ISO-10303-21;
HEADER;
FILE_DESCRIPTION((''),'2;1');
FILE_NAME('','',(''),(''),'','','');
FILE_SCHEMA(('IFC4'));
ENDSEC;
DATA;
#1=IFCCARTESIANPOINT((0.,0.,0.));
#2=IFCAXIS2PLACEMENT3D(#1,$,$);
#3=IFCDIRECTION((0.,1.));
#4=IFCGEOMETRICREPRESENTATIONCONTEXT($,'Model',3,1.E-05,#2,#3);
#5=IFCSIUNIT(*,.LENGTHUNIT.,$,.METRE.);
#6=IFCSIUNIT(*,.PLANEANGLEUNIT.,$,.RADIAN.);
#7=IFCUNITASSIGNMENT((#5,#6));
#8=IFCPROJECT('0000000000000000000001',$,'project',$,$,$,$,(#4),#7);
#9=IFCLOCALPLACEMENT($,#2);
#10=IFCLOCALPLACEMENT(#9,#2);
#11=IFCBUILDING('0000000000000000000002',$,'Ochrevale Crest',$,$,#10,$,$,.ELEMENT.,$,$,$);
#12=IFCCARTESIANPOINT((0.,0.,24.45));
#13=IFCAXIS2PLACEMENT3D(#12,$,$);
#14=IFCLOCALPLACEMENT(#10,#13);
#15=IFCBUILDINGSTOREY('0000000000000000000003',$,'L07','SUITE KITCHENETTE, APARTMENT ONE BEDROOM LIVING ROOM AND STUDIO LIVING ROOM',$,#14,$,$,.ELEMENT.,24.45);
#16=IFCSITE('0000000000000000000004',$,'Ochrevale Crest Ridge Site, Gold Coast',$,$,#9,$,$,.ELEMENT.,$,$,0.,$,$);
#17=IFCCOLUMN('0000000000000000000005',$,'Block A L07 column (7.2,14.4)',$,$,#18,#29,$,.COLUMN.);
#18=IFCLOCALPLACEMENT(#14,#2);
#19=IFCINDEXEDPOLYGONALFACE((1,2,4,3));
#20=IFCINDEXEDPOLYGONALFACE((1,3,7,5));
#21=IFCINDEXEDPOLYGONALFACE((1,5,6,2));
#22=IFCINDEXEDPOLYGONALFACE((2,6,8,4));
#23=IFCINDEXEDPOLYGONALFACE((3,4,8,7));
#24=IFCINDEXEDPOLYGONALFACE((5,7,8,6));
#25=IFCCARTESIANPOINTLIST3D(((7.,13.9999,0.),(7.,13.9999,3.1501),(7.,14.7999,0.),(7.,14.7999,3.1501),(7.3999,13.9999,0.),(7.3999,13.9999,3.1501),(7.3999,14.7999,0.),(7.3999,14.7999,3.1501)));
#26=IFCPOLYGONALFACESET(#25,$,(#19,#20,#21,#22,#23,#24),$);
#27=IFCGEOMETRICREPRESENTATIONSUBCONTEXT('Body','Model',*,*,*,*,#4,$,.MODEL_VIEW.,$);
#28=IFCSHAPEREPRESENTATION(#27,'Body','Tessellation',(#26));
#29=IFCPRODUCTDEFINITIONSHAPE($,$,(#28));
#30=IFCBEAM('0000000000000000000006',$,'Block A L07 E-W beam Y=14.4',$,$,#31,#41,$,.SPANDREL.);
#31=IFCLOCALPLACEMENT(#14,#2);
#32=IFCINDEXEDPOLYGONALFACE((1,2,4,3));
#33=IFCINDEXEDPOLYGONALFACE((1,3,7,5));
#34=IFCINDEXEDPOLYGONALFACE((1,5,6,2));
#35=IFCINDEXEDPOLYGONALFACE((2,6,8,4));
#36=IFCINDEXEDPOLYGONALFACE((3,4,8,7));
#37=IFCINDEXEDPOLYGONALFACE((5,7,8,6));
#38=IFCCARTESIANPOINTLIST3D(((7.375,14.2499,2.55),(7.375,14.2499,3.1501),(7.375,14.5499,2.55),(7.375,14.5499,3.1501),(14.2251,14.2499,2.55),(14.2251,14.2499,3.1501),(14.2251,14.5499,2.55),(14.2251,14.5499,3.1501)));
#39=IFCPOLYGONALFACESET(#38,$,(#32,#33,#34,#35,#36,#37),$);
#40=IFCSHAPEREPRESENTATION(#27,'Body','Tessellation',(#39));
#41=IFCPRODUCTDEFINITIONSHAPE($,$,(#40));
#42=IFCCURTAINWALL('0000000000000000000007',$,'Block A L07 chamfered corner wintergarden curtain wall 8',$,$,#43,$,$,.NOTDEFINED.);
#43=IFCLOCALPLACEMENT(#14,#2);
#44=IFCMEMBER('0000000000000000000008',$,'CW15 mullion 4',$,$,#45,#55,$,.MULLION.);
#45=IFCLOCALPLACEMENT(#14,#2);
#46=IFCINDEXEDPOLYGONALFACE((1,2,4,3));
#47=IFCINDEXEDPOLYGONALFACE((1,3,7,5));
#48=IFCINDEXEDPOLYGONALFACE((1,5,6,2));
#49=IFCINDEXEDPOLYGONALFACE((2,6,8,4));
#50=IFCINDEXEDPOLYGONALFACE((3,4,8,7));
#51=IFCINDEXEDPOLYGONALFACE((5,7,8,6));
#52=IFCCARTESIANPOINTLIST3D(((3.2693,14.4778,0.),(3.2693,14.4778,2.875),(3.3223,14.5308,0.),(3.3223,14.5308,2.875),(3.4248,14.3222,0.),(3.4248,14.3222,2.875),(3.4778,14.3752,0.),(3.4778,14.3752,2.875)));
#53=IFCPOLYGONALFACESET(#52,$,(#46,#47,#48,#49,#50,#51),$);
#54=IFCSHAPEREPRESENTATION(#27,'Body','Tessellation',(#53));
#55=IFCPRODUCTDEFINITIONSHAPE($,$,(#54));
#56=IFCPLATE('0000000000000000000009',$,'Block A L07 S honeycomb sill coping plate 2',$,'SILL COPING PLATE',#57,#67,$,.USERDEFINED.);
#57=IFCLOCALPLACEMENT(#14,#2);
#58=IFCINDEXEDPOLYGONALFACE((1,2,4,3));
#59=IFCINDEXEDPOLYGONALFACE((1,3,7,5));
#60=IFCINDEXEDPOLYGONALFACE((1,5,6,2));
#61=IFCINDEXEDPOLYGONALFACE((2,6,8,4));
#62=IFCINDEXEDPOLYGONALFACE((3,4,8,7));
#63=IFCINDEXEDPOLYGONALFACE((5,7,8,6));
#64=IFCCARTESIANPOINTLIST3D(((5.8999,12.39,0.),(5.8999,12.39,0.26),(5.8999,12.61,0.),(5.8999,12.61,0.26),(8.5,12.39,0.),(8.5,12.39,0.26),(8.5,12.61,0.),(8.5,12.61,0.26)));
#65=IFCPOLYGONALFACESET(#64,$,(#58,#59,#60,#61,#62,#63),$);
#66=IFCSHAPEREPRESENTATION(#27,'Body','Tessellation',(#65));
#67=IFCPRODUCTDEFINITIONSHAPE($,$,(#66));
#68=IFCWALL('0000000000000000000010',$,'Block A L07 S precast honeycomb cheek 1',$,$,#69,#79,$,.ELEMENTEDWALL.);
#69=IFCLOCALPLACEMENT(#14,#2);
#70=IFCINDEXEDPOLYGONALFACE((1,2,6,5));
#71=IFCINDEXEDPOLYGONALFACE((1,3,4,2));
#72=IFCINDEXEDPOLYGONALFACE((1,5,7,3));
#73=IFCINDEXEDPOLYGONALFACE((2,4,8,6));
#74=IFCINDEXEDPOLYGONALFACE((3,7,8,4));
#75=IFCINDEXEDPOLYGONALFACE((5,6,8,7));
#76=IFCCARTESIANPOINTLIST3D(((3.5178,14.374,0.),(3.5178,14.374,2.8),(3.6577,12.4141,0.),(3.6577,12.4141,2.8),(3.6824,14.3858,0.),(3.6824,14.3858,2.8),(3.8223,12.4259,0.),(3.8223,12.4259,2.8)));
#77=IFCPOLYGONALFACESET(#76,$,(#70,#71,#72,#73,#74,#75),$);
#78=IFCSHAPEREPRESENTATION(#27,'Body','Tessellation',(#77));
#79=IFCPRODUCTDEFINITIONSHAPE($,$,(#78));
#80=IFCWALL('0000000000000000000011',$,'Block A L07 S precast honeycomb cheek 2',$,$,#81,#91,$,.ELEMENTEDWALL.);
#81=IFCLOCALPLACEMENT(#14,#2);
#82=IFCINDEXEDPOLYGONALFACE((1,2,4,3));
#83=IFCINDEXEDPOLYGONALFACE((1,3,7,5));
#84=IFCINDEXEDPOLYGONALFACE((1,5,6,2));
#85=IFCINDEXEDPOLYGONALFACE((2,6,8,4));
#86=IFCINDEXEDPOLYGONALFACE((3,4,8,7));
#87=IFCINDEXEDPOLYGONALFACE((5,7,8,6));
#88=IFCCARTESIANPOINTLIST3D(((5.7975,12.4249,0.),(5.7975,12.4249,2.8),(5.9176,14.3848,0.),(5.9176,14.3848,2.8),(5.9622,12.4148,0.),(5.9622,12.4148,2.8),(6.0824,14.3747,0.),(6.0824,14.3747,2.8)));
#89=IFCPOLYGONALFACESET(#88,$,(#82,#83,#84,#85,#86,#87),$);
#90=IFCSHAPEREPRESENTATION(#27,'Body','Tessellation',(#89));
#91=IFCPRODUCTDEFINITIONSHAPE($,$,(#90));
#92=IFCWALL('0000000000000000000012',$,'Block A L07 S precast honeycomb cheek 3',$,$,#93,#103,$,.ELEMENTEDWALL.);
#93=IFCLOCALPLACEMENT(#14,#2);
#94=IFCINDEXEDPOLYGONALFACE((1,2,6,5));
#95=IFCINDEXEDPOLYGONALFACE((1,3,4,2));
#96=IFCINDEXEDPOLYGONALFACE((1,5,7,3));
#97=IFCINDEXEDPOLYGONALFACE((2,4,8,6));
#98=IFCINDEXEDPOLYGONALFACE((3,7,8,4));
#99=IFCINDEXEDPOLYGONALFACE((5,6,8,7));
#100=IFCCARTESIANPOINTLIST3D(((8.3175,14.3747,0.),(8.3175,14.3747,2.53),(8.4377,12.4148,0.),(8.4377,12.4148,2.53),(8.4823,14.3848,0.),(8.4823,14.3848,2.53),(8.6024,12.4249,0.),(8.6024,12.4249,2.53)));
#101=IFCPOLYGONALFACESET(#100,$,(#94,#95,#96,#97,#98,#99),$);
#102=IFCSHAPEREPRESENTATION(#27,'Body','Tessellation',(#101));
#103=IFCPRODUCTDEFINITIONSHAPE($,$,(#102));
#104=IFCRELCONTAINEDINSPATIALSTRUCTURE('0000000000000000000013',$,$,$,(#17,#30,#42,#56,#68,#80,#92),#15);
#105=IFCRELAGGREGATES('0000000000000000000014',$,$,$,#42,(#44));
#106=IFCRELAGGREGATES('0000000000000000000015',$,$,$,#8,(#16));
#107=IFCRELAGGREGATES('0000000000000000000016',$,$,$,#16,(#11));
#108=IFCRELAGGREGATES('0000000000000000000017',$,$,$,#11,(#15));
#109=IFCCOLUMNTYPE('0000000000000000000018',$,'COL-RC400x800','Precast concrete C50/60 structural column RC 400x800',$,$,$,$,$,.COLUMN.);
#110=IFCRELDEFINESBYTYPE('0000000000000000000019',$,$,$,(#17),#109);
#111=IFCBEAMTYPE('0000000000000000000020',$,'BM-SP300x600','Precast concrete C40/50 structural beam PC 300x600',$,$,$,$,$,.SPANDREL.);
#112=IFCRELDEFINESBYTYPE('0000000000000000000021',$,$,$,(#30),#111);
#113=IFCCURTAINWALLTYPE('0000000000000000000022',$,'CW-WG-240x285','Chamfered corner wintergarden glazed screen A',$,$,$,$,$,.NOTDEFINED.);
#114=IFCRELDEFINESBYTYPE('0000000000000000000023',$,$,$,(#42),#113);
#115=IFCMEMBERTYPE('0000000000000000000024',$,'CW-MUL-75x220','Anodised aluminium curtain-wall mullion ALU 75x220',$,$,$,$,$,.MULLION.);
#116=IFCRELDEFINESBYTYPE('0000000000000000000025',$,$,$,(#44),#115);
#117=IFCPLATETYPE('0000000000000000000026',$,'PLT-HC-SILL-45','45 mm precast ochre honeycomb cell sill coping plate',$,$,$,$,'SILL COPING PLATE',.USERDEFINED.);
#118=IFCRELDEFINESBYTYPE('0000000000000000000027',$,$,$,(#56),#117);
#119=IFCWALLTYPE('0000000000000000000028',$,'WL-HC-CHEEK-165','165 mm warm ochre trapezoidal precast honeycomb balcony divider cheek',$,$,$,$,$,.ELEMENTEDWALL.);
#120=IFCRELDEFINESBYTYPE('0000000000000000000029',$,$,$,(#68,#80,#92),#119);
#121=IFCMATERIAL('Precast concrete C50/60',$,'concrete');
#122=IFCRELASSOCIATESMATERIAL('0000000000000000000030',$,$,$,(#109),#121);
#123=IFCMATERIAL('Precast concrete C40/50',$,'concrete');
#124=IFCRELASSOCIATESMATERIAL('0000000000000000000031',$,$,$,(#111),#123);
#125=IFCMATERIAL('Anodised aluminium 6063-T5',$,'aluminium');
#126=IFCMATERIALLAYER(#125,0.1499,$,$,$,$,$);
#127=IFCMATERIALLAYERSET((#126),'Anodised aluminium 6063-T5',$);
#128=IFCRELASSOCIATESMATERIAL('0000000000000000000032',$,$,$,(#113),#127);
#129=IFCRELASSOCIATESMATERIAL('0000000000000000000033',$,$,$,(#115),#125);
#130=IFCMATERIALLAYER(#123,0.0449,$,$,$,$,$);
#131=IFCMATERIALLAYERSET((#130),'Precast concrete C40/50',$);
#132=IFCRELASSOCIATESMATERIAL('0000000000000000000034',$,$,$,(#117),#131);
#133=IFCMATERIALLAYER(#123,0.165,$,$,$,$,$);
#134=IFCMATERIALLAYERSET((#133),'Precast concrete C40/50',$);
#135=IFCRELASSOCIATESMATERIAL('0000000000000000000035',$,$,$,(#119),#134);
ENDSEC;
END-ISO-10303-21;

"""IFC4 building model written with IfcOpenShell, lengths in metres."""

from ifc_helpers import new_model, si_unit, direction, frame, frame_2d, origin, origin_2d, place, context, subcontext, project, spatial, rectangle, extrude, material, layer, layer_set, material_profile, profile_set, type_object, element, aggregate, save


model = new_model("IFC4")

# Units and contexts
model_context = context("Model", 3, precision=1e-05, world=origin(), true_north=direction((0.0, 1.0)))
body_context = subcontext(model_context, "Body", "Model", "MODEL_VIEW")
ifc_project = project(units=[si_unit("LENGTHUNIT", "METRE"), si_unit("PLANEANGLEUNIT", "RADIAN")], contexts=[model_context])

# Site, building, storey
site_placement = place(None, origin())
site = spatial("IfcSite", under=ifc_project, at=site_placement, Name="Ochrevale Crest Ridge Site, Gold Coast", CompositionType="ELEMENT", RefElevation=0.0)
building_placement = place(site_placement, origin())
building = spatial("IfcBuilding", under=site, at=building_placement, Name="Ochrevale Crest", CompositionType="ELEMENT")
storey_placement = place(building_placement, frame((0.0, 0.0, 24.45)))
storey = spatial("IfcBuildingStorey", under=building, at=storey_placement, Name="L07", Description="SUITE KITCHENETTE, APARTMENT ONE BEDROOM LIVING ROOM AND STUDIO LIVING ROOM", CompositionType="ELEMENT", Elevation=24.45)

# Column
ifc_material_1 = material(Name="Precast concrete C50/60", Category="concrete")
ifc_material_profile_1 = material_profile(ifc_material_1, rectangle(XDim=0.3999, YDim=0.8, at=origin_2d()), Name="RC 400x800")
ifc_profile_set_1 = profile_set([ifc_material_profile_1], Name="Precast concrete C50/60")
column_type = type_object("IfcColumnType", Name="COL-RC400x800", Description="Precast concrete C50/60 structural column RC 400x800", PredefinedType="COLUMN", material=ifc_profile_set_1)
column_placement = place(storey_placement, frame((7.2, 14.3999, 0.0), z_axis=(0.0, 0.0, 1.0), x_axis=(1.0, 0.0, 0.0)))
element("IfcColumn", 1, at=column_placement, inside=storey, type_object=column_type, Name="Block A L07 column (7.2,14.4)", PredefinedType="COLUMN", context=body_context, shape_type="SweptSolid", body=[
    extrude(rectangle(XDim=0.3999, YDim=0.8, at=origin_2d()), origin(), (0.0, 0.0, 1.0), 3.1501),
])

# Beam
ifc_material_2 = material(Name="Precast concrete C40/50", Category="concrete")
ifc_material_profile_2 = material_profile(ifc_material_2, rectangle(XDim=0.3, YDim=0.6001, at=origin_2d()), Name="PC 300x600")
ifc_profile_set_2 = profile_set([ifc_material_profile_2], Name="Precast concrete C40/50")
beam_type = type_object("IfcBeamType", Name="BM-SP300x600", Description="Precast concrete C40/50 structural beam PC 300x600", PredefinedType="SPANDREL", material=ifc_profile_set_2)
beam_placement = place(storey_placement, frame((7.375, 14.3999, 2.8501), z_axis=(1.0, 0.0, 0.0), x_axis=(0.0, 1.0, 0.0)))
element("IfcBeam", 2, at=beam_placement, inside=storey, type_object=beam_type, Name="Block A L07 E-W beam Y=14.4", PredefinedType="SPANDREL", context=body_context, shape_type="SweptSolid", body=[
    extrude(rectangle(XDim=0.3, YDim=0.6001, at=origin_2d()), origin(), (0.0, 0.0, 1.0), 6.8501),
])

# Curtain wall, member
ifc_material_3 = material(Name="Anodised aluminium 6063-T5", Category="aluminium")
ifc_layer_1 = layer(ifc_material_3, 0.1499)
ifc_layer_set_1 = layer_set([ifc_layer_1], Name="Anodised aluminium 6063-T5")
curtain_wall_type = type_object("IfcCurtainWallType", Name="CW-WG-240x285", Description="Chamfered corner wintergarden glazed screen A", PredefinedType="NOTDEFINED", material=ifc_layer_set_1)
curtain_wall_placement = place(storey_placement, origin())
curtain_wall = element("IfcCurtainWall", 3, at=curtain_wall_placement, inside=storey, type_object=curtain_wall_type, Name="Block A L07 chamfered corner wintergarden curtain wall 8", PredefinedType="NOTDEFINED")
ifc_material_profile_3 = material_profile(ifc_material_3, rectangle(XDim=0.075, YDim=0.22, at=origin_2d()), Name="ALU 75x220")
ifc_profile_set_3 = profile_set([ifc_material_profile_3], Name="Anodised aluminium 6063-T5")
member_type = type_object("IfcMemberType", Name="CW-MUL-75x220", Description="Anodised aluminium curtain-wall mullion ALU 75x220", PredefinedType="MULLION", material=ifc_profile_set_3)
member_placement = place(storey_placement, frame((3.3735, 14.4265, 0.0), z_axis=(0.0, 0.0, 1.0), x_axis=(0.707107, 0.707107, 0.0)))
member = element("IfcMember", 4, at=member_placement, type_object=member_type, Name="CW15 mullion 4", PredefinedType="MULLION", context=body_context, shape_type="SweptSolid", body=[
    extrude(rectangle(XDim=0.075, YDim=0.22, at=origin_2d()), origin(), (0.0, 0.0, 1.0), 2.875),
])
aggregate(curtain_wall, [member])

# Plate
ifc_layer_2 = layer(ifc_material_2, 0.0449)
ifc_layer_set_2 = layer_set([ifc_layer_2], Name="Precast concrete C40/50")
plate_type = type_object("IfcPlateType", Name="PLT-HC-SILL-45", Description="45 mm precast ochre honeycomb cell sill coping plate", ElementType="SILL COPING PLATE", PredefinedType="USERDEFINED", material=ifc_layer_set_2)
plate_placement = place(storey_placement, frame((7.2, 12.5, 0.0), z_axis=(0.0, 0.0, 1.0), x_axis=(1.0, 0.0, 0.0)))
element("IfcPlate", 5, at=plate_placement, inside=storey, type_object=plate_type, Name="Block A L07 S honeycomb sill coping plate 2", ObjectType="SILL COPING PLATE", PredefinedType="USERDEFINED", context=body_context, shape_type="SweptSolid", body=[
    extrude(rectangle(XDim=2.6001, YDim=0.22, at=origin_2d()), origin(), (0.0, 0.0, 1.0), 0.26),
])

# Walls
ifc_layer_3 = layer(ifc_material_2, 0.165)
ifc_layer_set_3 = layer_set([ifc_layer_3], Name="Precast concrete C40/50")
wall_type_1 = type_object("IfcWallType", Name="WL-HC-CHEEK-165", Description="165 mm warm ochre trapezoidal precast honeycomb balcony divider cheek", PredefinedType="ELEMENTEDWALL", material=ifc_layer_set_3)
wall_1_placement = place(storey_placement, frame((3.6001, 14.3799, 0.0), z_axis=(0.0, 0.0, 1.0), x_axis=(0.071194, -0.997462, 0.0)))
element("IfcWall", 6, at=wall_1_placement, inside=storey, type_object=wall_type_1, Name="Block A L07 S precast honeycomb cheek 1", PredefinedType="ELEMENTEDWALL", context=body_context, shape_type="SweptSolid", body=[
    extrude(rectangle(XDim=1.9648, YDim=0.165, at=frame_2d((0.9824, 0.0))), origin(), (0.0, 0.0, 1.0), 2.8),
])
wall_2_placement = place(storey_placement, frame((6.0, 14.3799, 0.0), z_axis=(0.0, 0.0, 1.0), x_axis=(-0.061171, -0.998127, 0.0)))
element("IfcWall", 7, at=wall_2_placement, inside=storey, type_object=wall_type_1, Name="Block A L07 S precast honeycomb cheek 2", PredefinedType="ELEMENTEDWALL", context=body_context, shape_type="SweptSolid", body=[
    extrude(rectangle(XDim=1.9636, YDim=0.165, at=frame_2d((0.9819, 0.0))), origin(), (0.0, 0.0, 1.0), 2.8),
])
wall_3_placement = place(storey_placement, frame((8.3999, 14.3799, 0.0), z_axis=(0.0, 0.0, 1.0), x_axis=(0.061171, -0.998127, 0.0)))
element("IfcWall", 8, at=wall_3_placement, inside=storey, type_object=wall_type_1, Name="Block A L07 S precast honeycomb cheek 3", PredefinedType="ELEMENTEDWALL", context=body_context, shape_type="SweptSolid", body=[
    extrude(rectangle(XDim=1.9636, YDim=0.165, at=frame_2d((0.9819, 0.0))), origin(), (0.0, 0.0, 1.0), 2.53),
])

save(model, "model.ifc")
